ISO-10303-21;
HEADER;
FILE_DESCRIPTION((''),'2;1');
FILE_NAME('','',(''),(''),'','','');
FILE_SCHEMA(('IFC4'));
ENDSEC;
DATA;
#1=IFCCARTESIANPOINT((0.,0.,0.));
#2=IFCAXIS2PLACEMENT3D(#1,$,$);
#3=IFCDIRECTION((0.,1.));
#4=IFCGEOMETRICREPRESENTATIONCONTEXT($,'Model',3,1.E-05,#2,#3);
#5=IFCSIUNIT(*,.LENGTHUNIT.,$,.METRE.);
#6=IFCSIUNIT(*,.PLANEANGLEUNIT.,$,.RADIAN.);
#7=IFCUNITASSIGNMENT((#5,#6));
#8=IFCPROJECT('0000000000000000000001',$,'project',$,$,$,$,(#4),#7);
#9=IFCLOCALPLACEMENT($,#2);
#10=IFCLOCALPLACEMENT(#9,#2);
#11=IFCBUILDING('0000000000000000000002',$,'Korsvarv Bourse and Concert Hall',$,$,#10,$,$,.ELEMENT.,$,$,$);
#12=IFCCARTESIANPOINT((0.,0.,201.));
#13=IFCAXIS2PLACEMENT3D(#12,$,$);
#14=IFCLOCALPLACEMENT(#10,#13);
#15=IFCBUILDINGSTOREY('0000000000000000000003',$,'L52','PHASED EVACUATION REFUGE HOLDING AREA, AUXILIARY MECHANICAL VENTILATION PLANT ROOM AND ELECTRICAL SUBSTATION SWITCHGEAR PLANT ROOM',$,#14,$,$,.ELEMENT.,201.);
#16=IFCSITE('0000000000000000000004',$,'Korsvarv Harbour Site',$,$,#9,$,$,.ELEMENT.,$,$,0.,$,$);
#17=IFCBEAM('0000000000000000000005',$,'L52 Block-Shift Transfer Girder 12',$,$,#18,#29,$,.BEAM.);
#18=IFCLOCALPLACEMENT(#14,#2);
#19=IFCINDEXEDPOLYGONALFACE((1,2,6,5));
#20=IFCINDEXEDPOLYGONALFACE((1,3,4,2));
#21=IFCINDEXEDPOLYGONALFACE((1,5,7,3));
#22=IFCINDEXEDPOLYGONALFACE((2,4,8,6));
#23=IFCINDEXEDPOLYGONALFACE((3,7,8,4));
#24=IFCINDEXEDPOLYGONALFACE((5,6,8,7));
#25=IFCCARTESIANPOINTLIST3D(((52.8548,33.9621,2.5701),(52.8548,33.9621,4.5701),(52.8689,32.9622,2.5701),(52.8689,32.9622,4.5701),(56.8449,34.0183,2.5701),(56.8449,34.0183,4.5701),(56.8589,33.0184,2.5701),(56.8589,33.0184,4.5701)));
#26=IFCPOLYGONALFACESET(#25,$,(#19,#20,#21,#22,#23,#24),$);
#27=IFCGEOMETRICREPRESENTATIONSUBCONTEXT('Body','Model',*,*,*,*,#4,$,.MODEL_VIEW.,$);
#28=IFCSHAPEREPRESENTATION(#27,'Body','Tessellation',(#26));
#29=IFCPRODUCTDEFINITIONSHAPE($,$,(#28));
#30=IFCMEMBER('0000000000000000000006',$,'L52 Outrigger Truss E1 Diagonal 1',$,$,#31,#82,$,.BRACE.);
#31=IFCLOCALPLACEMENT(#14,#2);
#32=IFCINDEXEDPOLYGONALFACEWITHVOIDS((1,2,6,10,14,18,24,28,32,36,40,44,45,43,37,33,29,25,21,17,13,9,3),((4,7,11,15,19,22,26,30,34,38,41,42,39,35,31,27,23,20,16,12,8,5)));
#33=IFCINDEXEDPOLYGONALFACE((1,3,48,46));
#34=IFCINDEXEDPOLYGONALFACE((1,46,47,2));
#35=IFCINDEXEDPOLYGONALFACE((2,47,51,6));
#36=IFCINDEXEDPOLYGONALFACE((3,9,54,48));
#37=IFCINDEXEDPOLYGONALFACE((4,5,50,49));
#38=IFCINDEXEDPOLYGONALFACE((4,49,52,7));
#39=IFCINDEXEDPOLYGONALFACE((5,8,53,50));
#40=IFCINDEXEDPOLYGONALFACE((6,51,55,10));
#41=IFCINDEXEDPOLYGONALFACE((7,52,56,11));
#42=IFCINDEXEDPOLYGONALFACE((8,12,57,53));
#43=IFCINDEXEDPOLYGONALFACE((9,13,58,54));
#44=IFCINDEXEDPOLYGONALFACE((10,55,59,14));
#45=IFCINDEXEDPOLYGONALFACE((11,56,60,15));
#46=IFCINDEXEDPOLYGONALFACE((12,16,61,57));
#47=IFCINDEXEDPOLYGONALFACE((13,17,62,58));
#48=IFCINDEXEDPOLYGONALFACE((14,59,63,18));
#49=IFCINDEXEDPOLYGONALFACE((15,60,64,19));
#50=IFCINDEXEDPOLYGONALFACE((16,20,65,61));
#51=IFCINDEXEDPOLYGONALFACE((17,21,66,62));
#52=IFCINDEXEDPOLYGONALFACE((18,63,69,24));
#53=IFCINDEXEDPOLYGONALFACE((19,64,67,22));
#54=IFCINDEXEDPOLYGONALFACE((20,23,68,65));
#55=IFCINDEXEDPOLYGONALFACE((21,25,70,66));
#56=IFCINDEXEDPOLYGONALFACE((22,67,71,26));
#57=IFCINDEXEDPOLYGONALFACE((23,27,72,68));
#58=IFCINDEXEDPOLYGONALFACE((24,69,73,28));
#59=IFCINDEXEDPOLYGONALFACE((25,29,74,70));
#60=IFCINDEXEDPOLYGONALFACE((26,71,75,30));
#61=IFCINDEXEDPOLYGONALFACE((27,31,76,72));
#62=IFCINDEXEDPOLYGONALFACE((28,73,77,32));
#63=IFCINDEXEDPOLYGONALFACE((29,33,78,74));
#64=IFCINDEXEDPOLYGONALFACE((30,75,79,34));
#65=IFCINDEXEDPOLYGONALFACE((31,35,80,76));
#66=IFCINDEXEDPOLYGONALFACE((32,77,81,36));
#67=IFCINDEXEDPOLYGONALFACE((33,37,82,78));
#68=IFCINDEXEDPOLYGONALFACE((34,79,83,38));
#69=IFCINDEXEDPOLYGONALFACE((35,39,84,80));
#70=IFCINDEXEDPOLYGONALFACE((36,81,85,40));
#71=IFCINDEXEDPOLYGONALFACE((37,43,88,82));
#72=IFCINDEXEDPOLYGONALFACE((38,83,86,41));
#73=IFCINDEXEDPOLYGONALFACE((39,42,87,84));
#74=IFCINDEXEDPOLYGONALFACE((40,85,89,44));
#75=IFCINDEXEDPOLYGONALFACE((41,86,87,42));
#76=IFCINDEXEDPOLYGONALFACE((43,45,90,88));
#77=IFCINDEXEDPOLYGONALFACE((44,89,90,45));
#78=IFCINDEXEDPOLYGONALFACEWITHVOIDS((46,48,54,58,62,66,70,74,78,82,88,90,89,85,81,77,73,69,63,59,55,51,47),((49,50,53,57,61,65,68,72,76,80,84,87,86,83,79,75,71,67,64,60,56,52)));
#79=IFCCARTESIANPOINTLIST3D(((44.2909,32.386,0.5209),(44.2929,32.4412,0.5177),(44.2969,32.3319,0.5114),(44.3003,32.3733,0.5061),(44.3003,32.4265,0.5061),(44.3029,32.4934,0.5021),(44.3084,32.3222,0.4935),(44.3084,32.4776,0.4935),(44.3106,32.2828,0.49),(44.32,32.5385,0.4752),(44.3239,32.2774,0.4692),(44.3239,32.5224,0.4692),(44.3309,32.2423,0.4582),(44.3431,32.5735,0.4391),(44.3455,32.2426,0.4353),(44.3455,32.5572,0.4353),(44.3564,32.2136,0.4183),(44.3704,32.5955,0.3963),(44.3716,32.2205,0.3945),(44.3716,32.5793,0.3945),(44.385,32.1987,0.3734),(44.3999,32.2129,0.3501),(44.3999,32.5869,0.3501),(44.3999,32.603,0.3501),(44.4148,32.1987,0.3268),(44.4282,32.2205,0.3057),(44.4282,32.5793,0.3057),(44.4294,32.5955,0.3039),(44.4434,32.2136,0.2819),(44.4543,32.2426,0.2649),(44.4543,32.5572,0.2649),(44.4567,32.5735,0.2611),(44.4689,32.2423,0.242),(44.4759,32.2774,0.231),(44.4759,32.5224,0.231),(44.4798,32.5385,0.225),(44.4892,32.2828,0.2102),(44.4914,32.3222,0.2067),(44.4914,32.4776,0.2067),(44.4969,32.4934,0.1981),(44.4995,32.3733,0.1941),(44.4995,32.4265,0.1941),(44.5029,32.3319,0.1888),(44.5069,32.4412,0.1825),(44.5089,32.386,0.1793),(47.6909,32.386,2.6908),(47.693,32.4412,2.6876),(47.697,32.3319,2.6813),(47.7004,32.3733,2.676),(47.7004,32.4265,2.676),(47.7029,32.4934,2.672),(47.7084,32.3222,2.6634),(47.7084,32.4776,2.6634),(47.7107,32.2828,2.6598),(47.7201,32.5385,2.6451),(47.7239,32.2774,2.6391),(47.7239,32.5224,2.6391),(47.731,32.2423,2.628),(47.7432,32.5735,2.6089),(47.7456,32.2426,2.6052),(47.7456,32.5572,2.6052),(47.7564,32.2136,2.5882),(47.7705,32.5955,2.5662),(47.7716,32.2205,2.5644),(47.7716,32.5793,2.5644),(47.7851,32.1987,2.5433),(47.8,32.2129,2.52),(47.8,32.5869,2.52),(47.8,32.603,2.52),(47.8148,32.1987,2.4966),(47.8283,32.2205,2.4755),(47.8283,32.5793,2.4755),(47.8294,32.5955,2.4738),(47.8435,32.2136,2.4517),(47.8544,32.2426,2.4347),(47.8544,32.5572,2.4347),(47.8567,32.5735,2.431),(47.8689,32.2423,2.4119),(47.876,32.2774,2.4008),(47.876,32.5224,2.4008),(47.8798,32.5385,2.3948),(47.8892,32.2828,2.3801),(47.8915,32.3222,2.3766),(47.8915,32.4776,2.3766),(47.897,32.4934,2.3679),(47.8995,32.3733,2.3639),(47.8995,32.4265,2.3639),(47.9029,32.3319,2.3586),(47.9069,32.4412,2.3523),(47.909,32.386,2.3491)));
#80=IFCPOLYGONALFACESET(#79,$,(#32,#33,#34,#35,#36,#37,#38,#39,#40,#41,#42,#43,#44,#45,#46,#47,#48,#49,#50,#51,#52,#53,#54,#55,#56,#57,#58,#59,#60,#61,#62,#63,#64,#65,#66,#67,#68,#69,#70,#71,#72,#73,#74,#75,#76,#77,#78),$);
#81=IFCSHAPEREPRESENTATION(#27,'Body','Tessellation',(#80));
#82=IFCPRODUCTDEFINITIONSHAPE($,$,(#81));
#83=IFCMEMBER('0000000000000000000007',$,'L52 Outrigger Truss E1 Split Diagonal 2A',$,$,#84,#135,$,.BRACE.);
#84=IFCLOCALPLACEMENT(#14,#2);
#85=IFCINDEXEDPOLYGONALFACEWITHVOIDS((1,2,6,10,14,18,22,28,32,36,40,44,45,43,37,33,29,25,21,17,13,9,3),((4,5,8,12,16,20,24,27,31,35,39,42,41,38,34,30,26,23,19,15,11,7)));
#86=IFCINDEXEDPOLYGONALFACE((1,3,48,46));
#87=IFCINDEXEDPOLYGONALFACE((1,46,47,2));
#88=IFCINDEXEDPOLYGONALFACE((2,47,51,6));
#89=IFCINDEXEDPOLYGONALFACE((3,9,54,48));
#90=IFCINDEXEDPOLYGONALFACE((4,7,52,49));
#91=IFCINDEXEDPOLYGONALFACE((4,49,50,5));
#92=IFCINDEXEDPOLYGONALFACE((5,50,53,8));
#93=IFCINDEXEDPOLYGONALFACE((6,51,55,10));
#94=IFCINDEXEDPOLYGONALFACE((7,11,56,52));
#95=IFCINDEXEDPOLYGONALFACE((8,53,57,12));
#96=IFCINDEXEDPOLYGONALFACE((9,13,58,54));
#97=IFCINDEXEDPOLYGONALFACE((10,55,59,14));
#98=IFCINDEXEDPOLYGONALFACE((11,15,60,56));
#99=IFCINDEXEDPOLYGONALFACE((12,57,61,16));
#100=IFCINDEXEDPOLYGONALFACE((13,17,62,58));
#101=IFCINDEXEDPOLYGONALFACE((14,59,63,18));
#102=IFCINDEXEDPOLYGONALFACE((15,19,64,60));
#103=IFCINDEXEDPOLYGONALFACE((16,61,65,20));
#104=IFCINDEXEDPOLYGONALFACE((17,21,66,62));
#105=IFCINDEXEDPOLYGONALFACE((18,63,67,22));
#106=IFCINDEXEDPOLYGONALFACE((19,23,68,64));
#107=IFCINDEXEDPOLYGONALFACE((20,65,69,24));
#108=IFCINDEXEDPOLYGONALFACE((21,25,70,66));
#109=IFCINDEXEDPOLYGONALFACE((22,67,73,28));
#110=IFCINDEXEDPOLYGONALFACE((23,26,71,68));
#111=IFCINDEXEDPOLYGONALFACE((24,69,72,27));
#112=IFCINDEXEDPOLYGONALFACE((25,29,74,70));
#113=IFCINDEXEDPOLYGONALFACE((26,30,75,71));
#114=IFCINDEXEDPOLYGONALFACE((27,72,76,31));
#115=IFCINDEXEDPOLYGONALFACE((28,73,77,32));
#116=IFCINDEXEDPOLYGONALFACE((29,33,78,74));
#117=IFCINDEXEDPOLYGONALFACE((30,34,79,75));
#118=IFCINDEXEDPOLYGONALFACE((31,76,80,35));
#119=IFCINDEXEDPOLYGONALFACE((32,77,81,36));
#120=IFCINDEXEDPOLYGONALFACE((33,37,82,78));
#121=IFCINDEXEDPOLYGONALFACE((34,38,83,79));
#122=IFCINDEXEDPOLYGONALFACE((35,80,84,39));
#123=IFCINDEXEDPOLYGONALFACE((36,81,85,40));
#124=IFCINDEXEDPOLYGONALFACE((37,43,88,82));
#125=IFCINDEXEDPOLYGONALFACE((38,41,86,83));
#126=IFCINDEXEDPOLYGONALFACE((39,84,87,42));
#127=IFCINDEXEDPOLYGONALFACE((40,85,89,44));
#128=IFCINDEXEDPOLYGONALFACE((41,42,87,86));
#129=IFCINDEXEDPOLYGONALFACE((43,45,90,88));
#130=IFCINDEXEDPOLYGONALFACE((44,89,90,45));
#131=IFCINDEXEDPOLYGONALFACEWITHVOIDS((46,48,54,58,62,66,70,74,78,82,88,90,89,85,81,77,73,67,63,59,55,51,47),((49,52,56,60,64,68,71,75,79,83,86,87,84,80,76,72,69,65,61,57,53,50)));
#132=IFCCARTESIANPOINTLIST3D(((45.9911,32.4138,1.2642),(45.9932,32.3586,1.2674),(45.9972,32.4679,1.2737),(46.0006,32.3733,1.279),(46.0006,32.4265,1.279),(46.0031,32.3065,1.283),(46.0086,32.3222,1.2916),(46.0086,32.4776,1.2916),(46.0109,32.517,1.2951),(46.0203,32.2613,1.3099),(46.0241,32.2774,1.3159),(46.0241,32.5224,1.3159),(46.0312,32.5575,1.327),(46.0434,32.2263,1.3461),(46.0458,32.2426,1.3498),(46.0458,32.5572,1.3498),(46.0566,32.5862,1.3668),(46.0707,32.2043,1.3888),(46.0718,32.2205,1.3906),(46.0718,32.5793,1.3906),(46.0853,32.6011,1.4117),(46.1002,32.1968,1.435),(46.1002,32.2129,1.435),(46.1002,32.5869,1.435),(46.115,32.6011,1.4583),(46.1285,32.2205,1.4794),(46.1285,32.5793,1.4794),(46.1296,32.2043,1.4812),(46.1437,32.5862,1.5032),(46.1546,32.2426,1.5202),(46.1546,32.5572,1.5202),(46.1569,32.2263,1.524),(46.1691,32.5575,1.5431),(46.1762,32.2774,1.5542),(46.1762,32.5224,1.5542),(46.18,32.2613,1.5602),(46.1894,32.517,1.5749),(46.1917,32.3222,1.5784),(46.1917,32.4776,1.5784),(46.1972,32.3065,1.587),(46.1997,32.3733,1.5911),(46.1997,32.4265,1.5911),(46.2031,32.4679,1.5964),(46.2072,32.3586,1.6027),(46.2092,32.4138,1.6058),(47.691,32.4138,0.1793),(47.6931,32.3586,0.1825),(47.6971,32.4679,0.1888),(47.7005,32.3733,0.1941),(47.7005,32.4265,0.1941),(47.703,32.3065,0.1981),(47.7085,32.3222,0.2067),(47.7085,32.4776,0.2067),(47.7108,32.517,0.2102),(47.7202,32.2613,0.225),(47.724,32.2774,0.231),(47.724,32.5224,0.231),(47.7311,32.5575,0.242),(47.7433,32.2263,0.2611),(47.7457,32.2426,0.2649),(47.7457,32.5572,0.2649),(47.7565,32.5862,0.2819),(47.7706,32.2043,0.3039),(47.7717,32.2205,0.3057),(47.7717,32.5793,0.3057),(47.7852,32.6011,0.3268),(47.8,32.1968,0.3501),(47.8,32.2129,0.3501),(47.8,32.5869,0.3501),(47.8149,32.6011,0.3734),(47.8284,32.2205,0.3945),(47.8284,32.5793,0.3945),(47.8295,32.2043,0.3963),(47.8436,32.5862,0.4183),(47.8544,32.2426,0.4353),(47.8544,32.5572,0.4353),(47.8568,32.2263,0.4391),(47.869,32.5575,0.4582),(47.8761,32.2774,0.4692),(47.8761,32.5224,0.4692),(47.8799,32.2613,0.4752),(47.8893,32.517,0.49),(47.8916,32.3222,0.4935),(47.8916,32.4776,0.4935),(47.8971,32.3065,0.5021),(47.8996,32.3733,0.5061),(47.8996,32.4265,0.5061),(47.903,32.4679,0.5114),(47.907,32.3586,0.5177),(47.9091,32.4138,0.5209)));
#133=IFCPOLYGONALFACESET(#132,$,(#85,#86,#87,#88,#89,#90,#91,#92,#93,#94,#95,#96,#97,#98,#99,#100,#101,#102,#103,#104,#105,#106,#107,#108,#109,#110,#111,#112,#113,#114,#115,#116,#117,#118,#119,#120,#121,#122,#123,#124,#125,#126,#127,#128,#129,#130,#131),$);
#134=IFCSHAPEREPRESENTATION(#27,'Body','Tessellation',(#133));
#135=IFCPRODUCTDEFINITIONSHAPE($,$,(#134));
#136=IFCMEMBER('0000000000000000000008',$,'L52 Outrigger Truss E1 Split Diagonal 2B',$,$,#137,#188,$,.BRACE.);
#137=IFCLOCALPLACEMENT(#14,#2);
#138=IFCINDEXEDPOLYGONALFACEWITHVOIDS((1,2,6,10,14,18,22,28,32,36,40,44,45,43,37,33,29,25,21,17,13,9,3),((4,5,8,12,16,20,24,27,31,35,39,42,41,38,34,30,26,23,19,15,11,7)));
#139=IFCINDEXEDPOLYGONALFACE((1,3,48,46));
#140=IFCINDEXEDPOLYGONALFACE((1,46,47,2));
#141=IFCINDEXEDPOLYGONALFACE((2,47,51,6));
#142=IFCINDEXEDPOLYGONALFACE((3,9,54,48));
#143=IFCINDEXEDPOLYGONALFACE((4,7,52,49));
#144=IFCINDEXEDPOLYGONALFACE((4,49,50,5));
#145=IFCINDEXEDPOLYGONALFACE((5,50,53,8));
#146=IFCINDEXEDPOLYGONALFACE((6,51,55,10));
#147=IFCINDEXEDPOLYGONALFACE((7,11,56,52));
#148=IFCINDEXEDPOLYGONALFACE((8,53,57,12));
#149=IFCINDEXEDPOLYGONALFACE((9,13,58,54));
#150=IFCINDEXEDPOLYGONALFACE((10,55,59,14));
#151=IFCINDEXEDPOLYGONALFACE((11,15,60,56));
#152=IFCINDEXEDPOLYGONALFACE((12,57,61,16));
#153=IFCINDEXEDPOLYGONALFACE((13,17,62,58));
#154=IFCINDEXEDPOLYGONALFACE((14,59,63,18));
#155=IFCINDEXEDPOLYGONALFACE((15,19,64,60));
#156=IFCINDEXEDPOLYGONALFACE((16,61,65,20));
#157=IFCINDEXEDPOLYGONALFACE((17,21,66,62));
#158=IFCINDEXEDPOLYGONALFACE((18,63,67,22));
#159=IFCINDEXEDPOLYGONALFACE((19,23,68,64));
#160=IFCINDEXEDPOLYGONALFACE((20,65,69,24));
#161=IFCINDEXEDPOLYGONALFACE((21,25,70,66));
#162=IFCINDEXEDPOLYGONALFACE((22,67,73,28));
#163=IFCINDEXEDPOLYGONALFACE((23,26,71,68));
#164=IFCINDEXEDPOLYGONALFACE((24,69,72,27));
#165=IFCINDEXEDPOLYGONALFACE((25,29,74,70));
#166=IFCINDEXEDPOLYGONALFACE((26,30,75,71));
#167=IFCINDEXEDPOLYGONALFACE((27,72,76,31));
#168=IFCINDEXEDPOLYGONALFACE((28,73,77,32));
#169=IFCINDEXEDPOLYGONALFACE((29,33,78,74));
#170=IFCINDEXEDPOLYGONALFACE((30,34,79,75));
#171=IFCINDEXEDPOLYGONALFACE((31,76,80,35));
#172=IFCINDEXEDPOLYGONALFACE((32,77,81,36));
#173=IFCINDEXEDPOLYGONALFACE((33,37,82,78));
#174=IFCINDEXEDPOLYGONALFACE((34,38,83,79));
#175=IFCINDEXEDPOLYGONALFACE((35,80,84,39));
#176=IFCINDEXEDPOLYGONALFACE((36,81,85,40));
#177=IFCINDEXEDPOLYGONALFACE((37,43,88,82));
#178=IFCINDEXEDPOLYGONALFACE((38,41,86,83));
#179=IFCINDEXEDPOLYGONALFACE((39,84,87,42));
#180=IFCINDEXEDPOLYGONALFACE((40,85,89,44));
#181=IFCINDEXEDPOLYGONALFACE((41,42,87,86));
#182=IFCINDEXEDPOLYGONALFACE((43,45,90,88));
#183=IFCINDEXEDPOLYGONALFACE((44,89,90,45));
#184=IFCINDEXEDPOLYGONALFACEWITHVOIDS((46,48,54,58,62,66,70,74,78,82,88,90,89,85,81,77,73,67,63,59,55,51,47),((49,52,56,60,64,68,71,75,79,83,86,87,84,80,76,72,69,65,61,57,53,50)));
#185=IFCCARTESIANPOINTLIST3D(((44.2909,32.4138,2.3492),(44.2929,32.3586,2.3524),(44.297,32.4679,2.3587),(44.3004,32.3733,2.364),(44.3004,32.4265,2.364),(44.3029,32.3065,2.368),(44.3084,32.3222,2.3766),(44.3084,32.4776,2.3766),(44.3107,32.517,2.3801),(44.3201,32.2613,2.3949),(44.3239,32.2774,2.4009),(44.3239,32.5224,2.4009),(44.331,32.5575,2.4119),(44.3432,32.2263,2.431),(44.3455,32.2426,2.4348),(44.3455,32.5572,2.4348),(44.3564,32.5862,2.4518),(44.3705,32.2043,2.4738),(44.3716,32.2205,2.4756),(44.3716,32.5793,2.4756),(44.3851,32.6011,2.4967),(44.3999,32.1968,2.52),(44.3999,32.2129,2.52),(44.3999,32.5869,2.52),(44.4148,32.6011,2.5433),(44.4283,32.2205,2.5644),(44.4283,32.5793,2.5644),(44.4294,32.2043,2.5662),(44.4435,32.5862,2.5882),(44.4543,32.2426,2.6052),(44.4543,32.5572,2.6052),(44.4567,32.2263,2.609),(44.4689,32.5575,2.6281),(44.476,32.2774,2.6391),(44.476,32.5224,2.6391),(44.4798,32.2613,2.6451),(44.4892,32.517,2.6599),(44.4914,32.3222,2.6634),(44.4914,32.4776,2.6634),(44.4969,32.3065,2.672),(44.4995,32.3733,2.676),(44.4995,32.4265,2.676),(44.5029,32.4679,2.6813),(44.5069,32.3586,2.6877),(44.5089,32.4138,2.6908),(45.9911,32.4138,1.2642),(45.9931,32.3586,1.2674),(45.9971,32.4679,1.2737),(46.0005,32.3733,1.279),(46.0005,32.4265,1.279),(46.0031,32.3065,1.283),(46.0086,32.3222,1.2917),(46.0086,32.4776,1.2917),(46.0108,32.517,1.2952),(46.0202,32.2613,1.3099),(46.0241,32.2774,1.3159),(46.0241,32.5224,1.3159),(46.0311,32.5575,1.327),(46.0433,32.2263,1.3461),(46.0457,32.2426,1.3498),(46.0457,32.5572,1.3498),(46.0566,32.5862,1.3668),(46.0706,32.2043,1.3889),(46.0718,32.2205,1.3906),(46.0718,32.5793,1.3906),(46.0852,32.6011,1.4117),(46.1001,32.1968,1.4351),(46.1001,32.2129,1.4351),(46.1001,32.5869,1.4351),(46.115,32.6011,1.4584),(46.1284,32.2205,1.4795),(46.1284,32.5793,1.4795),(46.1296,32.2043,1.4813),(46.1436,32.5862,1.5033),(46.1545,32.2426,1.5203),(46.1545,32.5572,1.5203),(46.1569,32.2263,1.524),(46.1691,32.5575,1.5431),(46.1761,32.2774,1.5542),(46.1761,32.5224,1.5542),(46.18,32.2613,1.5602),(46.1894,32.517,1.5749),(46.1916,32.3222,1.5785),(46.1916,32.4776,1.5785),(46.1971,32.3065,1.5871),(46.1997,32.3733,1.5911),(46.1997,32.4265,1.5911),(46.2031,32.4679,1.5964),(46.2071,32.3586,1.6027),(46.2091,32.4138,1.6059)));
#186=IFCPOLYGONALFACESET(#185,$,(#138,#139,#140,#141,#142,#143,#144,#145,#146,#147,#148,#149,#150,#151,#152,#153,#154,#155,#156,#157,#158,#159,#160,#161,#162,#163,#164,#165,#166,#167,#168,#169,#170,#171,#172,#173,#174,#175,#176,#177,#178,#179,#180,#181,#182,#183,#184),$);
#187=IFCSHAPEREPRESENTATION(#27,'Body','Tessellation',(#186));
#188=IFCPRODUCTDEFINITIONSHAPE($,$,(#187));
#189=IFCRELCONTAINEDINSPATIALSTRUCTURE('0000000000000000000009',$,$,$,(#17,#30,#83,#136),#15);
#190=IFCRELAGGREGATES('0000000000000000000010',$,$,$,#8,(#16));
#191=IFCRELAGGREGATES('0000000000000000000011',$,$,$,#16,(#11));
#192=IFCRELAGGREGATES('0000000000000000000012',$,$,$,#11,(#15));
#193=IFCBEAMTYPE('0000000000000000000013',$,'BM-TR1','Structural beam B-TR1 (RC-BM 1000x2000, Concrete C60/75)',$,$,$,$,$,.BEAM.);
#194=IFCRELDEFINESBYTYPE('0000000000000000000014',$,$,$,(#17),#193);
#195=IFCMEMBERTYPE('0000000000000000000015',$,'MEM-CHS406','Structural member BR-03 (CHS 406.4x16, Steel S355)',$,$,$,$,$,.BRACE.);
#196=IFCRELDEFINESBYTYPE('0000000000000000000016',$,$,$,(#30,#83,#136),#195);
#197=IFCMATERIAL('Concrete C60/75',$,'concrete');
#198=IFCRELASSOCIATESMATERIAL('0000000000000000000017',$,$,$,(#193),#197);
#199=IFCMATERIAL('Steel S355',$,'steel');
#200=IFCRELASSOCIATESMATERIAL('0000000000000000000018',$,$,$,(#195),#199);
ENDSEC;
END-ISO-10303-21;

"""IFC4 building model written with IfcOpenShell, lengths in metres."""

from ifc_helpers import new_model, si_unit, direction, frame, origin, origin_2d, place, context, subcontext, project, spatial, rectangle, hollow_circle, extrude, source, transform, mapped, material, material_profile, profile_set, type_object, element, save


model = new_model("IFC4")

# Units and contexts
model_context = context("Model", 3, precision=1e-05, world=origin(), true_north=direction((0.0, 1.0)))
body_context = subcontext(model_context, "Body", "Model", "MODEL_VIEW")
ifc_project = project(units=[si_unit("LENGTHUNIT", "METRE"), si_unit("PLANEANGLEUNIT", "RADIAN")], contexts=[model_context])

# Site, building, storey
site_placement = place(None, origin())
site = spatial("IfcSite", under=ifc_project, at=site_placement, Name="Korsvarv Harbour Site", CompositionType="ELEMENT", RefElevation=0.0)
building_placement = place(site_placement, origin())
building = spatial("IfcBuilding", under=site, at=building_placement, Name="Korsvarv Bourse and Concert Hall", CompositionType="ELEMENT")
storey_placement = place(building_placement, frame((0.0, 0.0, 201.0)))
storey = spatial("IfcBuildingStorey", under=building, at=storey_placement, Name="L52", Description="PHASED EVACUATION REFUGE HOLDING AREA, AUXILIARY MECHANICAL VENTILATION PLANT ROOM AND ELECTRICAL SUBSTATION SWITCHGEAR PLANT ROOM", CompositionType="ELEMENT", Elevation=201.0)

# Shared definitions
ifc_material_1 = material(Name="Steel S355", Category="steel")

# Shared definitions
ifc_material_2 = material(Name="Concrete C60/75", Category="concrete")
ifc_material_profile_1 = material_profile(ifc_material_2, rectangle(XDim=1.0, YDim=2.0, at=origin_2d()), Name="RC-BM 1000x2000")
ifc_profile_set_1 = profile_set([ifc_material_profile_1], Name="Concrete C60/75")
beam_type = type_object("IfcBeamType", Name="BM-TR1", Description="Structural beam B-TR1 (RC-BM 1000x2000, Concrete C60/75)", PredefinedType="BEAM", material=ifc_profile_set_1)

# Beam
shared_shape_1 = source(origin(), body_context, "Body", "SweptSolid", [
    extrude(rectangle(XDim=1.0, YDim=2.0, at=origin_2d()), origin(), (0.0, 0.0, 1.0), 3.9905),
])
beam_1_placement = place(storey_placement, frame((52.8618, 33.4622, 3.5701), z_axis=(0.999901, 0.014072, 0.0), x_axis=(-0.014072, 0.999901, 0.0)))
element("IfcBeam", 1, at=beam_1_placement, inside=storey, type_object=beam_type, Name="L52 Block-Shift Transfer Girder 12", PredefinedType="BEAM", context=body_context, shape_type="MappedRepresentation", body=[
    mapped(shared_shape_1, transform((0.0, 0.0, 0.0), scale=1.0)),
])

# Members
ifc_material_profile_2 = material_profile(ifc_material_1, hollow_circle(Radius=0.2031, WallThickness=0.0161, at=origin_2d()), Name="CHS 406.4x16")
ifc_profile_set_2 = profile_set([ifc_material_profile_2], Name="Steel S355")
member_type_1 = type_object("IfcMemberType", Name="MEM-CHS406", Description="Structural member BR-03 (CHS 406.4x16, Steel S355)", PredefinedType="BRACE", material=ifc_profile_set_2)
shared_shape_2 = source(origin(), body_context, "Body", "SweptSolid", [
    extrude(hollow_circle(Radius=0.2031, WallThickness=0.0161, at=origin_2d()), origin(), (0.0, 0.0, 1.0), 4.0334),
])
member_1_placement = place(storey_placement, frame((44.3999, 32.3999, 0.3501), z_axis=(0.842965, 0.0, 0.537968), x_axis=(0.0, 1.0, 0.0)))
element("IfcMember", 2, at=member_1_placement, inside=storey, type_object=member_type_1, Name="L52 Outrigger Truss E1 Diagonal 1", PredefinedType="BRACE", context=body_context, shape_type="MappedRepresentation", body=[
    mapped(shared_shape_2, transform((0.0, 0.0, 0.0), scale=1.0)),
])
shared_shape_3 = source(origin(), body_context, "Body", "SweptSolid", [
    extrude(hollow_circle(Radius=0.2031, WallThickness=0.0161, at=origin_2d()), origin(), (0.0, 0.0, 1.0), 2.0166),
])
member_2_placement = place(storey_placement, frame((47.8, 32.3999, 0.3501), z_axis=(-0.842948, 0.0, 0.537995), x_axis=(0.0, -1.0, 0.0)))
element("IfcMember", 3, at=member_2_placement, inside=storey, type_object=member_type_1, Name="L52 Outrigger Truss E1 Split Diagonal 2A", PredefinedType="BRACE", context=body_context, shape_type="MappedRepresentation", body=[
    mapped(shared_shape_3, transform((0.0, 0.0, 0.0), scale=1.0)),
])
shared_shape_4 = source(origin(), body_context, "Body", "SweptSolid", [
    extrude(hollow_circle(Radius=0.2031, WallThickness=0.0161, at=origin_2d()), origin(), (0.0, 0.0, 1.0), 2.0168),
])
member_3_placement = place(storey_placement, frame((46.1001, 32.3999, 1.4351), z_axis=(-0.842983, 0.0, 0.53794), x_axis=(0.0, -1.0, 0.0)))
element("IfcMember", 4, at=member_3_placement, inside=storey, type_object=member_type_1, Name="L52 Outrigger Truss E1 Split Diagonal 2B", PredefinedType="BRACE", context=body_context, shape_type="MappedRepresentation", body=[
    mapped(shared_shape_4, transform((0.0, 0.0, 0.0), scale=1.0)),
])

save(model, "model.ifc")
